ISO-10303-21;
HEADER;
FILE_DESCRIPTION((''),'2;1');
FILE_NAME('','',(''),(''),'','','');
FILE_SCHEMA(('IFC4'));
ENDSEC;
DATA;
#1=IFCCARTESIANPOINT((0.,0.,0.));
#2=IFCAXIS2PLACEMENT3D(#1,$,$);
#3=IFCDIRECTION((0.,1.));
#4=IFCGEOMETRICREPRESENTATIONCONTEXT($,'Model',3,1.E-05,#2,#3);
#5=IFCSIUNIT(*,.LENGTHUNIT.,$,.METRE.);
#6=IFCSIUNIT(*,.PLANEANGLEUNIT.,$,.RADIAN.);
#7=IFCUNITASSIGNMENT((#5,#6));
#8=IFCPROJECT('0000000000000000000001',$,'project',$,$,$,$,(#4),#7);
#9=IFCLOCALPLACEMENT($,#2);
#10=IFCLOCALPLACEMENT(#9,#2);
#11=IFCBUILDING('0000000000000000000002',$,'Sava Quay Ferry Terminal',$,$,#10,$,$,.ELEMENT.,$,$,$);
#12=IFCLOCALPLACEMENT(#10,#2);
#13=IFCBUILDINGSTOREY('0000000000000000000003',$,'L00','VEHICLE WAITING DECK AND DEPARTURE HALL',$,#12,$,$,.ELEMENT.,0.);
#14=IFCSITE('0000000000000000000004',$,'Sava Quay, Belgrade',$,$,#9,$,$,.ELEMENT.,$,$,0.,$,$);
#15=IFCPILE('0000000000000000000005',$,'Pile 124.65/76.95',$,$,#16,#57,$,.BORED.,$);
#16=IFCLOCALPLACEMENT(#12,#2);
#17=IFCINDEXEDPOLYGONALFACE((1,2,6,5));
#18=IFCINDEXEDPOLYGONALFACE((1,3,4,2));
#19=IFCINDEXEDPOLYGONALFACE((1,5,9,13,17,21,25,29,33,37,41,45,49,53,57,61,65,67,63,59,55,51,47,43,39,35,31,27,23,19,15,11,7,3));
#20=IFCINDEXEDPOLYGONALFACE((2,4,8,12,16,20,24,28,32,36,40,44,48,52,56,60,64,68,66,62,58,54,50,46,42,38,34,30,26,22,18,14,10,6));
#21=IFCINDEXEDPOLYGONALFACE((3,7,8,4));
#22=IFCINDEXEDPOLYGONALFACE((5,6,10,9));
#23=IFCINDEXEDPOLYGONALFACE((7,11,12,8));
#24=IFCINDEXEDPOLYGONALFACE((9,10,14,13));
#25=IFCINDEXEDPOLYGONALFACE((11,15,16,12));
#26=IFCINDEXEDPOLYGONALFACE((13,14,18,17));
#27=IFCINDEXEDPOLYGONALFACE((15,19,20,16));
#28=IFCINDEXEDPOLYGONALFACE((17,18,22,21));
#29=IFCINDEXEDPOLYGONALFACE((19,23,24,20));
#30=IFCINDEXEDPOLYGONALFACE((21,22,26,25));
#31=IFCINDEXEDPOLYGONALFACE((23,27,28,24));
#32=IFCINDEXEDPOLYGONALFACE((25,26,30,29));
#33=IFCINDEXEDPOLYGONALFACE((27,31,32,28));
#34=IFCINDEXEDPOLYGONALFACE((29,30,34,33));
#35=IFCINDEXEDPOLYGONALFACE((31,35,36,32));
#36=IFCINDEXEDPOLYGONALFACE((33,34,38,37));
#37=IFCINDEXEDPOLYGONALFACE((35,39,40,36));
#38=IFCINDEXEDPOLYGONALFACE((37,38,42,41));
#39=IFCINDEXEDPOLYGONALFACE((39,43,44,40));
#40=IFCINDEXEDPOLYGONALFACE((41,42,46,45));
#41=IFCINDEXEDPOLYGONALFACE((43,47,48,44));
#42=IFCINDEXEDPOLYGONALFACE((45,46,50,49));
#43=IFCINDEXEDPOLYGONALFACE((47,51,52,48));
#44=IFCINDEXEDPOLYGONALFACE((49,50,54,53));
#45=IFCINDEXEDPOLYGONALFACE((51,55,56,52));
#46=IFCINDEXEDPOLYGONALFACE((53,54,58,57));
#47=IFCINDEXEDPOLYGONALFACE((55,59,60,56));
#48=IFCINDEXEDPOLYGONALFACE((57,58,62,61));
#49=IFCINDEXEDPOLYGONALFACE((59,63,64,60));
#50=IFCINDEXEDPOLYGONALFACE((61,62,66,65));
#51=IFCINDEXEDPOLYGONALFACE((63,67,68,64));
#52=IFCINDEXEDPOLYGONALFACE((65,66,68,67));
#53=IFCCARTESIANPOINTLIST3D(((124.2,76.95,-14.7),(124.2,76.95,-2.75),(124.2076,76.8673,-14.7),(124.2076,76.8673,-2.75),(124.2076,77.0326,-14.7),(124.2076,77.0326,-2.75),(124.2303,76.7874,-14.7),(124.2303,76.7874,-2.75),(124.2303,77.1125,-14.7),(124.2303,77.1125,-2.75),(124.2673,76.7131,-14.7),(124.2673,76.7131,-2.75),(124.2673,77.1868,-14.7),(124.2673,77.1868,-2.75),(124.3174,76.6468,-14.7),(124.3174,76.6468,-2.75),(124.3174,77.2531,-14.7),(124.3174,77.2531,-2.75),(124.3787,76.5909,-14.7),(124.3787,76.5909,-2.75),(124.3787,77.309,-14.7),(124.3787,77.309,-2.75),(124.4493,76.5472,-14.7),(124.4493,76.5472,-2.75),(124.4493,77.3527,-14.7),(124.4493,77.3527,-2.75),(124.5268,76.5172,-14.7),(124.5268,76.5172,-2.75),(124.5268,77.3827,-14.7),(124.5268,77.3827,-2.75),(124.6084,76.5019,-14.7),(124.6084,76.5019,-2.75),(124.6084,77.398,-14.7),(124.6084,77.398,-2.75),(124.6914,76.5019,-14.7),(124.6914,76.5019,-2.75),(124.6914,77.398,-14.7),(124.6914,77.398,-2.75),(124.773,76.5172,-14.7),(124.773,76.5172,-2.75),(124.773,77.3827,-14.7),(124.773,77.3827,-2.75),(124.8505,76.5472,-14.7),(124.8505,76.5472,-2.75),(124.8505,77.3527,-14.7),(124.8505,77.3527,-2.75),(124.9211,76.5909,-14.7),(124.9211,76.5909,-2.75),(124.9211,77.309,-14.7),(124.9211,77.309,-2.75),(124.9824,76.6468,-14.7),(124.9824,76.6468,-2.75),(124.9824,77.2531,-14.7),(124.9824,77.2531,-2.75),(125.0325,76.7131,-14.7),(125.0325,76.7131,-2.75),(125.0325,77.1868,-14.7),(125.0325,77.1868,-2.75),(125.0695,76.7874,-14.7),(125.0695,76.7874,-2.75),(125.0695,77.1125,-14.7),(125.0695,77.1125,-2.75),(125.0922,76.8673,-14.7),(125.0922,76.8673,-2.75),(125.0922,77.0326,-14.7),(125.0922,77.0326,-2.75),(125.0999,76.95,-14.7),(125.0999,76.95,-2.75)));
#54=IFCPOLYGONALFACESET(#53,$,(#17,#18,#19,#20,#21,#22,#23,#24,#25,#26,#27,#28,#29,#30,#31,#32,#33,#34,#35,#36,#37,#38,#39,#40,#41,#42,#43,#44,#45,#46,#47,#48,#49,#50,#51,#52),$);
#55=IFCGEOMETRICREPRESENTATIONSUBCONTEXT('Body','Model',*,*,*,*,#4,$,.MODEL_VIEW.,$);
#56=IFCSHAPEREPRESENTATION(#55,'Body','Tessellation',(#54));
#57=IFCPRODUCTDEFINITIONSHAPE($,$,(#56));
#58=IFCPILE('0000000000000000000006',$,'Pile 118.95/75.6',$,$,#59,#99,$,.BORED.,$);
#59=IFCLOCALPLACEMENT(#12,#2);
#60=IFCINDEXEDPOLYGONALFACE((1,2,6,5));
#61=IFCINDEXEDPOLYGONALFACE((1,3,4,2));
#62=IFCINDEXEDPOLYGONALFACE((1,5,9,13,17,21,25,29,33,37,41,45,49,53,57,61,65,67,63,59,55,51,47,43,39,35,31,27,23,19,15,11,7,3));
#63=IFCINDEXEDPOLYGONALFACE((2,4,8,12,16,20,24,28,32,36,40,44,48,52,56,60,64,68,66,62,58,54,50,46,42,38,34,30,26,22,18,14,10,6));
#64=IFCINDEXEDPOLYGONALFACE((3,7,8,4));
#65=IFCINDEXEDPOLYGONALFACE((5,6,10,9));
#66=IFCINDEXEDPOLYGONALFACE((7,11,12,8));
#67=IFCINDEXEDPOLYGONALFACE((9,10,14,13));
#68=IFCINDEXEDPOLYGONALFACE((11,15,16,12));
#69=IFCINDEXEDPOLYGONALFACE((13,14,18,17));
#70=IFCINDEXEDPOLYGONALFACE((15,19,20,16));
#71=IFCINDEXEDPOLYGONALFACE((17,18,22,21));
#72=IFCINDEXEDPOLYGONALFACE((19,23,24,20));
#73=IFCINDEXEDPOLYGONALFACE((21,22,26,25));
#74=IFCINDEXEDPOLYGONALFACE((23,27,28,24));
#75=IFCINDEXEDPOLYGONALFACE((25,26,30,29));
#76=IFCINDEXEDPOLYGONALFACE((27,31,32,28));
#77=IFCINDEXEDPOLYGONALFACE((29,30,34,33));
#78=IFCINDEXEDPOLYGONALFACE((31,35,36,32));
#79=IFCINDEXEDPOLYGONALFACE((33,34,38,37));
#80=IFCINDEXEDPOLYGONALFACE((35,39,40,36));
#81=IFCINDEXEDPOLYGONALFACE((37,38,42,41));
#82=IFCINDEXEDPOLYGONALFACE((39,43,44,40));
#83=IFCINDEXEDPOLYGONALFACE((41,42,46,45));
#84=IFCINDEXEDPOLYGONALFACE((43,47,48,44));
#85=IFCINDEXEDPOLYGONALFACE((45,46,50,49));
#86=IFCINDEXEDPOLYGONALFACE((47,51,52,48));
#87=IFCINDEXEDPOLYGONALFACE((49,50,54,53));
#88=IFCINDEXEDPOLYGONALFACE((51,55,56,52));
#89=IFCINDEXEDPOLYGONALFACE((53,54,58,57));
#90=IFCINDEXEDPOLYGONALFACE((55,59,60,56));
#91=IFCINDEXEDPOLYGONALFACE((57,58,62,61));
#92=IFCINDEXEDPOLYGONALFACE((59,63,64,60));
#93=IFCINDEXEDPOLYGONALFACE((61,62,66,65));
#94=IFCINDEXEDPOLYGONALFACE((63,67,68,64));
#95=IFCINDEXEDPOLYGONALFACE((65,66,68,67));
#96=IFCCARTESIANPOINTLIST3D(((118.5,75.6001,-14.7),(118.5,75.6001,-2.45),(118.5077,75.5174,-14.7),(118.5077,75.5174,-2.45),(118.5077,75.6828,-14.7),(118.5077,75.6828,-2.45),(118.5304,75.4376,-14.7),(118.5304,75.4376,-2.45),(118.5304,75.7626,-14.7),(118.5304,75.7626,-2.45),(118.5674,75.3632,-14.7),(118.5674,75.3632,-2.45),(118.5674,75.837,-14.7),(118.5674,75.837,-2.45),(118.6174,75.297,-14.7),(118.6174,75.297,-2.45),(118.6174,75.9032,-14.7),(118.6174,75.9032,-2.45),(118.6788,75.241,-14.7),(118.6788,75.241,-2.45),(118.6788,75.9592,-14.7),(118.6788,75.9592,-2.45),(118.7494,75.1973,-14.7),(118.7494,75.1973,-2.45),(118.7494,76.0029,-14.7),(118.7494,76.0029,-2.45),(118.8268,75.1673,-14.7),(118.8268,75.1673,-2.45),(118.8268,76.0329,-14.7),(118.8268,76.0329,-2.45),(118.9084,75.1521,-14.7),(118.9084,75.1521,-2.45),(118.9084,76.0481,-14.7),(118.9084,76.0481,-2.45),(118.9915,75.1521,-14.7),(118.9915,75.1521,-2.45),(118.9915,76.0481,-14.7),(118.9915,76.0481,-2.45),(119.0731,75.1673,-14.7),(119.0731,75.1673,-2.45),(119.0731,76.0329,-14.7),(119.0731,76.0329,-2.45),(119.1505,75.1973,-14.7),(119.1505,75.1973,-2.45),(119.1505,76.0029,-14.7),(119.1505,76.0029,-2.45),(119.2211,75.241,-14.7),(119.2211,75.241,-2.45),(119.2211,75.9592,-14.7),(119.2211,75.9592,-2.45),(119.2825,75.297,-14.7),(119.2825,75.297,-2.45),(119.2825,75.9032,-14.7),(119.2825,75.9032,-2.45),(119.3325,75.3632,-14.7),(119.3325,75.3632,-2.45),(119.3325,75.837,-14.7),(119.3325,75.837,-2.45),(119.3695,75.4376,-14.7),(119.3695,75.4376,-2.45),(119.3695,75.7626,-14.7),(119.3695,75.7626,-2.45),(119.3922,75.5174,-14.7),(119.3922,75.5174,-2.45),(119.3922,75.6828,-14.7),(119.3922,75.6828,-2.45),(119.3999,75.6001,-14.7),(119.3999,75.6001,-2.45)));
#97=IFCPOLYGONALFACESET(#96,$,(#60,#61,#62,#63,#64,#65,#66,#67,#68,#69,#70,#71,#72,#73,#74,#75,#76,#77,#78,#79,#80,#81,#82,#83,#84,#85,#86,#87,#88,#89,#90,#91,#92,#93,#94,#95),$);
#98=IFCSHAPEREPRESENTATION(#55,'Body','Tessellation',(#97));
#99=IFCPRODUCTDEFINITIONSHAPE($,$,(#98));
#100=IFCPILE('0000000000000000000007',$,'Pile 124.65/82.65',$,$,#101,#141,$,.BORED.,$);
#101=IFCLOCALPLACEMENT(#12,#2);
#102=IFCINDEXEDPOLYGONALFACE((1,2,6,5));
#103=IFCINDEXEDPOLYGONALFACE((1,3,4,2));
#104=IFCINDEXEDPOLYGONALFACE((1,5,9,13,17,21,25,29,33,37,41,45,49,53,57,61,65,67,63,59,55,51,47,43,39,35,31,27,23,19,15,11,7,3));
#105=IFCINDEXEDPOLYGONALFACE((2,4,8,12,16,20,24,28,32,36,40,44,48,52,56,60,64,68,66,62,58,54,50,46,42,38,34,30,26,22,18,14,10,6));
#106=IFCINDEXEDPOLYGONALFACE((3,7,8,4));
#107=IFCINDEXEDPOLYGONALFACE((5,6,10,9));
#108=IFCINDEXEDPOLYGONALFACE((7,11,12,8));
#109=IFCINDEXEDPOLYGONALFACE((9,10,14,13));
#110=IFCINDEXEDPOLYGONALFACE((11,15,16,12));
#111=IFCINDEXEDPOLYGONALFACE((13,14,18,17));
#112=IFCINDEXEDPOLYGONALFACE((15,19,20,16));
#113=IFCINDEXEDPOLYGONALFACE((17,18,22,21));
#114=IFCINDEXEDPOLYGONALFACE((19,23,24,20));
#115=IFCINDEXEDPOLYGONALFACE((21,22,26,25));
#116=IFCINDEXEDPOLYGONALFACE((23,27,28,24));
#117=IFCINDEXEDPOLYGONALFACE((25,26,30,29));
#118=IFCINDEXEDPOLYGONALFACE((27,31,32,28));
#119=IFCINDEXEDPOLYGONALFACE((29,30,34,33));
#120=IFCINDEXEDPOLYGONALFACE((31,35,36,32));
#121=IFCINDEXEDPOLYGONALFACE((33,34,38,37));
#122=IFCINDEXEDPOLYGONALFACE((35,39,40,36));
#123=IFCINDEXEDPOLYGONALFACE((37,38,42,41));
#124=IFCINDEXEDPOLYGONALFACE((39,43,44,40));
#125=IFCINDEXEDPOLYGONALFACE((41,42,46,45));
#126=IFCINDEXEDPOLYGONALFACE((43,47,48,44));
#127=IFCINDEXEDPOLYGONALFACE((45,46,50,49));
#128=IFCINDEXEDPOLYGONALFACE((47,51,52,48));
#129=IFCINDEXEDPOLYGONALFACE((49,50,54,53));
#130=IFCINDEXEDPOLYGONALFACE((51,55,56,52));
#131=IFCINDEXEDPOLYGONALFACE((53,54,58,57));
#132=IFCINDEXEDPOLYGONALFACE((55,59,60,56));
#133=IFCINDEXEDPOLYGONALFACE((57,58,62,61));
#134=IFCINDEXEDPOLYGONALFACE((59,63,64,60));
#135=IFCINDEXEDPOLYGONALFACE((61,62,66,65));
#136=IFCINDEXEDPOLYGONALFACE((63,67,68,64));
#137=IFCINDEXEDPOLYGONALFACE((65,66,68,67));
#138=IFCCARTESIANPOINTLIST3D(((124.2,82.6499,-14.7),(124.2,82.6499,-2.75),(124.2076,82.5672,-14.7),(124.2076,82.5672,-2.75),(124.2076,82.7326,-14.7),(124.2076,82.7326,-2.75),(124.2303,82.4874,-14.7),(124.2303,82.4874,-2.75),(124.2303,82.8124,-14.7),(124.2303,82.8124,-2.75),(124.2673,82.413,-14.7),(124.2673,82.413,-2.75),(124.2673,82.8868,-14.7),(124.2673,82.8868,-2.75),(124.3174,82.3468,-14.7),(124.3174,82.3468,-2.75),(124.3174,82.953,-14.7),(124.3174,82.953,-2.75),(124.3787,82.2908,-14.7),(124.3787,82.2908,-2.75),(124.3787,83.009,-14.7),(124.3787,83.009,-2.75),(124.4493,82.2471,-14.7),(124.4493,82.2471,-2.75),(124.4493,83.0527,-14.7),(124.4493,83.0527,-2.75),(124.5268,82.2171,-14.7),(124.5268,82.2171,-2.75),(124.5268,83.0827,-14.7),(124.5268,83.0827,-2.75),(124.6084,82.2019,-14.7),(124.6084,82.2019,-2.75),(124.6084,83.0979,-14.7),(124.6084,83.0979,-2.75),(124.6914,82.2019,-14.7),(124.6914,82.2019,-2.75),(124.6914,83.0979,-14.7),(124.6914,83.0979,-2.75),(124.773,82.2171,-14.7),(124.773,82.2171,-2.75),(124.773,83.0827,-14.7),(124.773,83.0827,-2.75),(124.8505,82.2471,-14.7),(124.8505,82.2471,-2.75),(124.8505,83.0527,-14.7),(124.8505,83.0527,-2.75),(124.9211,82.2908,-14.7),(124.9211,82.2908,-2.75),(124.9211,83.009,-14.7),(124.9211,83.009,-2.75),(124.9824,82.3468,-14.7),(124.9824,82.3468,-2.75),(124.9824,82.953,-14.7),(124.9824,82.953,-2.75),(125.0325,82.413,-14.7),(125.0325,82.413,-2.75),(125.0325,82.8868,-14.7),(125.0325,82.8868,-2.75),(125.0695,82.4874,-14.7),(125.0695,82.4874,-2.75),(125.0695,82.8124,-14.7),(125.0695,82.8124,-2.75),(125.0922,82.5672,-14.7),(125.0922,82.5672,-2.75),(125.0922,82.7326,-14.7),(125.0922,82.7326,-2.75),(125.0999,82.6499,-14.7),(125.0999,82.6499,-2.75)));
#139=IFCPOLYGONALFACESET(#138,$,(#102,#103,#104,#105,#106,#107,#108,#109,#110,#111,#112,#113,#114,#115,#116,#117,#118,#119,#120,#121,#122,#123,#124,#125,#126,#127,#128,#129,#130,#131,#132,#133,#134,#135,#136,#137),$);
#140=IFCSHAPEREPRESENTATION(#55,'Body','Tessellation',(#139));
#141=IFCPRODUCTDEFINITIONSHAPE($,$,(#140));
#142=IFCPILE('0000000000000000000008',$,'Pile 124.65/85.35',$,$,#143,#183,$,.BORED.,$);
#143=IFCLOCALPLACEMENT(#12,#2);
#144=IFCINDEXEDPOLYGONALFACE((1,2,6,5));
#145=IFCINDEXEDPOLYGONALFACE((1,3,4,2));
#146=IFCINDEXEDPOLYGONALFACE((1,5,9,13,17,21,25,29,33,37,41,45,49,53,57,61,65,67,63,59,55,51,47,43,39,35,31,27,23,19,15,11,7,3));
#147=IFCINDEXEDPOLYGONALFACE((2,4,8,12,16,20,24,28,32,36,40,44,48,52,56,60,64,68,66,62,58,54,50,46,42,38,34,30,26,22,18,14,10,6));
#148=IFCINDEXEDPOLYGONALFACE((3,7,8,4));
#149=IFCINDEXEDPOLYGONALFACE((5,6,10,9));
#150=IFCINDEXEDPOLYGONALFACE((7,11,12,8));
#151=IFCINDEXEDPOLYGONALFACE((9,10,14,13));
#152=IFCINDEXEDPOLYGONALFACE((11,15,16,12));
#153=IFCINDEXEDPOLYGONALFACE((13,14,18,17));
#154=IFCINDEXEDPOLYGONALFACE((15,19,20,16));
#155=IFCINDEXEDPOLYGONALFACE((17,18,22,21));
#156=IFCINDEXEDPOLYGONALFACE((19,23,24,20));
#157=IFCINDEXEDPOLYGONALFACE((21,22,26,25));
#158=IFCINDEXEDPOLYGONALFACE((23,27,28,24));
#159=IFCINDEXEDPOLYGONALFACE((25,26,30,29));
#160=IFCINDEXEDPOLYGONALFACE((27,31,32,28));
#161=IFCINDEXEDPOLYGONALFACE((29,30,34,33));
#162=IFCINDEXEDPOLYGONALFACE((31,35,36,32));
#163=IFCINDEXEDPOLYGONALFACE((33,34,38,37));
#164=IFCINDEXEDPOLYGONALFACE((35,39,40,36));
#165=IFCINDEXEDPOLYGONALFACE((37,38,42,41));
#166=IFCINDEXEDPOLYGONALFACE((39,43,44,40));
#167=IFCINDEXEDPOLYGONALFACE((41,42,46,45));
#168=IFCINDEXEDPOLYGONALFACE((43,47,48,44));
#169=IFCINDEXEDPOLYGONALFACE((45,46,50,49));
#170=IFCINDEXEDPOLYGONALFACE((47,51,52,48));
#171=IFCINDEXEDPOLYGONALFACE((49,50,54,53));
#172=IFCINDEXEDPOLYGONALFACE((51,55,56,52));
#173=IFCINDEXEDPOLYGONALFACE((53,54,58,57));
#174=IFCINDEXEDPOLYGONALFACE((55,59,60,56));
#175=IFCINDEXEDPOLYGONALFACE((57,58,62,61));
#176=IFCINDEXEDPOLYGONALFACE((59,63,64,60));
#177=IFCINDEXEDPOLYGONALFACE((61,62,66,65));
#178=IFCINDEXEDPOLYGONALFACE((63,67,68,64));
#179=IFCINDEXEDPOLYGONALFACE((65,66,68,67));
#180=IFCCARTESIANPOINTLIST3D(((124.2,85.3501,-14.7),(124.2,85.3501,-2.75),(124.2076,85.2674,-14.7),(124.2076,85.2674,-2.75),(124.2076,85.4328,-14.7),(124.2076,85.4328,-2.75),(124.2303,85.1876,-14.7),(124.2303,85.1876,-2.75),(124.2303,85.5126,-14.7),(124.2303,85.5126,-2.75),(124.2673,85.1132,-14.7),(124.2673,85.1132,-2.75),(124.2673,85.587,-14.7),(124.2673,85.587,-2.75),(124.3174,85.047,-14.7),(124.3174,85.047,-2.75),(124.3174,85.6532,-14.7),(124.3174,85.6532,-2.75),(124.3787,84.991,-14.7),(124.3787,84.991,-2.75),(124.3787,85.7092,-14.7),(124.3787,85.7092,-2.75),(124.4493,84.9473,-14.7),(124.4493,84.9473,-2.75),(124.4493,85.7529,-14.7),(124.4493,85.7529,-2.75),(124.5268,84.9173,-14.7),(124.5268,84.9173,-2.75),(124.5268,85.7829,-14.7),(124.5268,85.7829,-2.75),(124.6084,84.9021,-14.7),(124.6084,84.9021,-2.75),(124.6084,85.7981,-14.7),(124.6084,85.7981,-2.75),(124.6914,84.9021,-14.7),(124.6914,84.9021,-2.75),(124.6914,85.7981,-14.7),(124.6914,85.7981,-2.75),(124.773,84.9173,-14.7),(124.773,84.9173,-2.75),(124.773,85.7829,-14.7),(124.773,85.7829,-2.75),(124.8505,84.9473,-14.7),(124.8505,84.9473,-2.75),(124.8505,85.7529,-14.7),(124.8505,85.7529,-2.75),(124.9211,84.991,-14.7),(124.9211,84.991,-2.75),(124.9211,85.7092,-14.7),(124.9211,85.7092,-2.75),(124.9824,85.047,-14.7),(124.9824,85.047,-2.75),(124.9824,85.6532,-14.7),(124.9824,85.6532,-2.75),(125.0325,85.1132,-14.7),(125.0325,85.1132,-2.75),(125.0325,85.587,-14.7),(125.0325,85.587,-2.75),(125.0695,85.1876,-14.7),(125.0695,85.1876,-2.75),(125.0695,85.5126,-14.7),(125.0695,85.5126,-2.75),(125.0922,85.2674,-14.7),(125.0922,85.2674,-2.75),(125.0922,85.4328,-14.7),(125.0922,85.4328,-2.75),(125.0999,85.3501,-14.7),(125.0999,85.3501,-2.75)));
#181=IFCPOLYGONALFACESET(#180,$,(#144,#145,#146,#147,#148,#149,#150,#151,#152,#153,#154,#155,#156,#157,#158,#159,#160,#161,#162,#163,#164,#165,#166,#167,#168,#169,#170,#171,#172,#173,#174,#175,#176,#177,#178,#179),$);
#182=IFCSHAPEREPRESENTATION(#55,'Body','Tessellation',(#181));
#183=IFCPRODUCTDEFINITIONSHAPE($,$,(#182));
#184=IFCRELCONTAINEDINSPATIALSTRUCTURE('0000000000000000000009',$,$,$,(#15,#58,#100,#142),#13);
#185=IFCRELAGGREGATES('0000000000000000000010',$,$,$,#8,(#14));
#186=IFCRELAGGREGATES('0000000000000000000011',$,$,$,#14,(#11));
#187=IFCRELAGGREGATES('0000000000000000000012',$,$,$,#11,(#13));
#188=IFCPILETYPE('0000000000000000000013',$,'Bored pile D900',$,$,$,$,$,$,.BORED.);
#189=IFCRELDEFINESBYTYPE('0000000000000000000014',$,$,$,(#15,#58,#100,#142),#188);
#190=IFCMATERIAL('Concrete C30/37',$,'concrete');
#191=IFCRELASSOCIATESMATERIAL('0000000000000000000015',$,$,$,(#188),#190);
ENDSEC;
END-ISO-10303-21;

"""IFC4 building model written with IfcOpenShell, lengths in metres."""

from ifc_helpers import new_model, si_unit, direction, frame, origin, origin_2d, place, context, subcontext, project, spatial, circle, extrude, material, material_profile, profile_set, type_object, element, save


model = new_model("IFC4")

# Units and contexts
model_context = context("Model", 3, precision=1e-05, world=origin(), true_north=direction((0.0, 1.0)))
body_context = subcontext(model_context, "Body", "Model", "MODEL_VIEW")
ifc_project = project(units=[si_unit("LENGTHUNIT", "METRE"), si_unit("PLANEANGLEUNIT", "RADIAN")], contexts=[model_context])

# Site, building, storey
site_placement = place(None, origin())
site = spatial("IfcSite", under=ifc_project, at=site_placement, Name="Sava Quay, Belgrade", CompositionType="ELEMENT", RefElevation=0.0)
building_placement = place(site_placement, origin())
building = spatial("IfcBuilding", under=site, at=building_placement, Name="Sava Quay Ferry Terminal", CompositionType="ELEMENT")
storey_placement = place(building_placement, origin())
storey = spatial("IfcBuildingStorey", under=building, at=storey_placement, Name="L00", Description="VEHICLE WAITING DECK AND DEPARTURE HALL", CompositionType="ELEMENT", Elevation=0.0)

# Piles
ifc_material_1 = material(Name="Concrete C30/37", Category="concrete")
ifc_material_profile_1 = material_profile(ifc_material_1, circle(Radius=0.45, at=origin_2d()), Name="Bored pile D900")
ifc_profile_set_1 = profile_set([ifc_material_profile_1], Name="Concrete C30/37")
pile_type = type_object("IfcPileType", Name="Bored pile D900", PredefinedType="BORED", material=ifc_profile_set_1)
pile_1_placement = place(storey_placement, frame((124.6499, 76.95, -2.75), z_axis=(0.0, 0.0, -1.0), x_axis=(1.0, 0.0, 0.0)))
element("IfcPile", 1, at=pile_1_placement, inside=storey, type_object=pile_type, Name="Pile 124.65/76.95", PredefinedType="BORED", context=body_context, shape_type="SweptSolid", body=[
    extrude(circle(Radius=0.45, at=origin_2d()), origin(), (0.0, 0.0, 1.0), 11.95),
])
pile_2_placement = place(storey_placement, frame((118.95, 75.6001, -2.45), z_axis=(0.0, 0.0, -1.0), x_axis=(1.0, 0.0, 0.0)))
element("IfcPile", 2, at=pile_2_placement, inside=storey, type_object=pile_type, Name="Pile 118.95/75.6", PredefinedType="BORED", context=body_context, shape_type="SweptSolid", body=[
    extrude(circle(Radius=0.45, at=origin_2d()), origin(), (0.0, 0.0, 1.0), 12.25),
])
for number, where, z_axis, x_axis, name in (
    (3, (124.6499, 82.6499, -2.75), (0.0, 0.0, -1.0), (1.0, 0.0, 0.0), "Pile 124.65/82.65"),
    (4, (124.6499, 85.3501, -2.75), (0.0, 0.0, -1.0), (1.0, 0.0, 0.0), "Pile 124.65/85.35"),
):
    element("IfcPile", number, at=place(storey_placement, frame(where, z_axis=z_axis, x_axis=x_axis)), inside=storey, type_object=pile_type, Name=name, PredefinedType="BORED", context=body_context, shape_type="SweptSolid", body=[
        extrude(circle(Radius=0.45, at=origin_2d()), origin(), (0.0, 0.0, 1.0), 11.95),
    ])

save(model, "model.ifc")
